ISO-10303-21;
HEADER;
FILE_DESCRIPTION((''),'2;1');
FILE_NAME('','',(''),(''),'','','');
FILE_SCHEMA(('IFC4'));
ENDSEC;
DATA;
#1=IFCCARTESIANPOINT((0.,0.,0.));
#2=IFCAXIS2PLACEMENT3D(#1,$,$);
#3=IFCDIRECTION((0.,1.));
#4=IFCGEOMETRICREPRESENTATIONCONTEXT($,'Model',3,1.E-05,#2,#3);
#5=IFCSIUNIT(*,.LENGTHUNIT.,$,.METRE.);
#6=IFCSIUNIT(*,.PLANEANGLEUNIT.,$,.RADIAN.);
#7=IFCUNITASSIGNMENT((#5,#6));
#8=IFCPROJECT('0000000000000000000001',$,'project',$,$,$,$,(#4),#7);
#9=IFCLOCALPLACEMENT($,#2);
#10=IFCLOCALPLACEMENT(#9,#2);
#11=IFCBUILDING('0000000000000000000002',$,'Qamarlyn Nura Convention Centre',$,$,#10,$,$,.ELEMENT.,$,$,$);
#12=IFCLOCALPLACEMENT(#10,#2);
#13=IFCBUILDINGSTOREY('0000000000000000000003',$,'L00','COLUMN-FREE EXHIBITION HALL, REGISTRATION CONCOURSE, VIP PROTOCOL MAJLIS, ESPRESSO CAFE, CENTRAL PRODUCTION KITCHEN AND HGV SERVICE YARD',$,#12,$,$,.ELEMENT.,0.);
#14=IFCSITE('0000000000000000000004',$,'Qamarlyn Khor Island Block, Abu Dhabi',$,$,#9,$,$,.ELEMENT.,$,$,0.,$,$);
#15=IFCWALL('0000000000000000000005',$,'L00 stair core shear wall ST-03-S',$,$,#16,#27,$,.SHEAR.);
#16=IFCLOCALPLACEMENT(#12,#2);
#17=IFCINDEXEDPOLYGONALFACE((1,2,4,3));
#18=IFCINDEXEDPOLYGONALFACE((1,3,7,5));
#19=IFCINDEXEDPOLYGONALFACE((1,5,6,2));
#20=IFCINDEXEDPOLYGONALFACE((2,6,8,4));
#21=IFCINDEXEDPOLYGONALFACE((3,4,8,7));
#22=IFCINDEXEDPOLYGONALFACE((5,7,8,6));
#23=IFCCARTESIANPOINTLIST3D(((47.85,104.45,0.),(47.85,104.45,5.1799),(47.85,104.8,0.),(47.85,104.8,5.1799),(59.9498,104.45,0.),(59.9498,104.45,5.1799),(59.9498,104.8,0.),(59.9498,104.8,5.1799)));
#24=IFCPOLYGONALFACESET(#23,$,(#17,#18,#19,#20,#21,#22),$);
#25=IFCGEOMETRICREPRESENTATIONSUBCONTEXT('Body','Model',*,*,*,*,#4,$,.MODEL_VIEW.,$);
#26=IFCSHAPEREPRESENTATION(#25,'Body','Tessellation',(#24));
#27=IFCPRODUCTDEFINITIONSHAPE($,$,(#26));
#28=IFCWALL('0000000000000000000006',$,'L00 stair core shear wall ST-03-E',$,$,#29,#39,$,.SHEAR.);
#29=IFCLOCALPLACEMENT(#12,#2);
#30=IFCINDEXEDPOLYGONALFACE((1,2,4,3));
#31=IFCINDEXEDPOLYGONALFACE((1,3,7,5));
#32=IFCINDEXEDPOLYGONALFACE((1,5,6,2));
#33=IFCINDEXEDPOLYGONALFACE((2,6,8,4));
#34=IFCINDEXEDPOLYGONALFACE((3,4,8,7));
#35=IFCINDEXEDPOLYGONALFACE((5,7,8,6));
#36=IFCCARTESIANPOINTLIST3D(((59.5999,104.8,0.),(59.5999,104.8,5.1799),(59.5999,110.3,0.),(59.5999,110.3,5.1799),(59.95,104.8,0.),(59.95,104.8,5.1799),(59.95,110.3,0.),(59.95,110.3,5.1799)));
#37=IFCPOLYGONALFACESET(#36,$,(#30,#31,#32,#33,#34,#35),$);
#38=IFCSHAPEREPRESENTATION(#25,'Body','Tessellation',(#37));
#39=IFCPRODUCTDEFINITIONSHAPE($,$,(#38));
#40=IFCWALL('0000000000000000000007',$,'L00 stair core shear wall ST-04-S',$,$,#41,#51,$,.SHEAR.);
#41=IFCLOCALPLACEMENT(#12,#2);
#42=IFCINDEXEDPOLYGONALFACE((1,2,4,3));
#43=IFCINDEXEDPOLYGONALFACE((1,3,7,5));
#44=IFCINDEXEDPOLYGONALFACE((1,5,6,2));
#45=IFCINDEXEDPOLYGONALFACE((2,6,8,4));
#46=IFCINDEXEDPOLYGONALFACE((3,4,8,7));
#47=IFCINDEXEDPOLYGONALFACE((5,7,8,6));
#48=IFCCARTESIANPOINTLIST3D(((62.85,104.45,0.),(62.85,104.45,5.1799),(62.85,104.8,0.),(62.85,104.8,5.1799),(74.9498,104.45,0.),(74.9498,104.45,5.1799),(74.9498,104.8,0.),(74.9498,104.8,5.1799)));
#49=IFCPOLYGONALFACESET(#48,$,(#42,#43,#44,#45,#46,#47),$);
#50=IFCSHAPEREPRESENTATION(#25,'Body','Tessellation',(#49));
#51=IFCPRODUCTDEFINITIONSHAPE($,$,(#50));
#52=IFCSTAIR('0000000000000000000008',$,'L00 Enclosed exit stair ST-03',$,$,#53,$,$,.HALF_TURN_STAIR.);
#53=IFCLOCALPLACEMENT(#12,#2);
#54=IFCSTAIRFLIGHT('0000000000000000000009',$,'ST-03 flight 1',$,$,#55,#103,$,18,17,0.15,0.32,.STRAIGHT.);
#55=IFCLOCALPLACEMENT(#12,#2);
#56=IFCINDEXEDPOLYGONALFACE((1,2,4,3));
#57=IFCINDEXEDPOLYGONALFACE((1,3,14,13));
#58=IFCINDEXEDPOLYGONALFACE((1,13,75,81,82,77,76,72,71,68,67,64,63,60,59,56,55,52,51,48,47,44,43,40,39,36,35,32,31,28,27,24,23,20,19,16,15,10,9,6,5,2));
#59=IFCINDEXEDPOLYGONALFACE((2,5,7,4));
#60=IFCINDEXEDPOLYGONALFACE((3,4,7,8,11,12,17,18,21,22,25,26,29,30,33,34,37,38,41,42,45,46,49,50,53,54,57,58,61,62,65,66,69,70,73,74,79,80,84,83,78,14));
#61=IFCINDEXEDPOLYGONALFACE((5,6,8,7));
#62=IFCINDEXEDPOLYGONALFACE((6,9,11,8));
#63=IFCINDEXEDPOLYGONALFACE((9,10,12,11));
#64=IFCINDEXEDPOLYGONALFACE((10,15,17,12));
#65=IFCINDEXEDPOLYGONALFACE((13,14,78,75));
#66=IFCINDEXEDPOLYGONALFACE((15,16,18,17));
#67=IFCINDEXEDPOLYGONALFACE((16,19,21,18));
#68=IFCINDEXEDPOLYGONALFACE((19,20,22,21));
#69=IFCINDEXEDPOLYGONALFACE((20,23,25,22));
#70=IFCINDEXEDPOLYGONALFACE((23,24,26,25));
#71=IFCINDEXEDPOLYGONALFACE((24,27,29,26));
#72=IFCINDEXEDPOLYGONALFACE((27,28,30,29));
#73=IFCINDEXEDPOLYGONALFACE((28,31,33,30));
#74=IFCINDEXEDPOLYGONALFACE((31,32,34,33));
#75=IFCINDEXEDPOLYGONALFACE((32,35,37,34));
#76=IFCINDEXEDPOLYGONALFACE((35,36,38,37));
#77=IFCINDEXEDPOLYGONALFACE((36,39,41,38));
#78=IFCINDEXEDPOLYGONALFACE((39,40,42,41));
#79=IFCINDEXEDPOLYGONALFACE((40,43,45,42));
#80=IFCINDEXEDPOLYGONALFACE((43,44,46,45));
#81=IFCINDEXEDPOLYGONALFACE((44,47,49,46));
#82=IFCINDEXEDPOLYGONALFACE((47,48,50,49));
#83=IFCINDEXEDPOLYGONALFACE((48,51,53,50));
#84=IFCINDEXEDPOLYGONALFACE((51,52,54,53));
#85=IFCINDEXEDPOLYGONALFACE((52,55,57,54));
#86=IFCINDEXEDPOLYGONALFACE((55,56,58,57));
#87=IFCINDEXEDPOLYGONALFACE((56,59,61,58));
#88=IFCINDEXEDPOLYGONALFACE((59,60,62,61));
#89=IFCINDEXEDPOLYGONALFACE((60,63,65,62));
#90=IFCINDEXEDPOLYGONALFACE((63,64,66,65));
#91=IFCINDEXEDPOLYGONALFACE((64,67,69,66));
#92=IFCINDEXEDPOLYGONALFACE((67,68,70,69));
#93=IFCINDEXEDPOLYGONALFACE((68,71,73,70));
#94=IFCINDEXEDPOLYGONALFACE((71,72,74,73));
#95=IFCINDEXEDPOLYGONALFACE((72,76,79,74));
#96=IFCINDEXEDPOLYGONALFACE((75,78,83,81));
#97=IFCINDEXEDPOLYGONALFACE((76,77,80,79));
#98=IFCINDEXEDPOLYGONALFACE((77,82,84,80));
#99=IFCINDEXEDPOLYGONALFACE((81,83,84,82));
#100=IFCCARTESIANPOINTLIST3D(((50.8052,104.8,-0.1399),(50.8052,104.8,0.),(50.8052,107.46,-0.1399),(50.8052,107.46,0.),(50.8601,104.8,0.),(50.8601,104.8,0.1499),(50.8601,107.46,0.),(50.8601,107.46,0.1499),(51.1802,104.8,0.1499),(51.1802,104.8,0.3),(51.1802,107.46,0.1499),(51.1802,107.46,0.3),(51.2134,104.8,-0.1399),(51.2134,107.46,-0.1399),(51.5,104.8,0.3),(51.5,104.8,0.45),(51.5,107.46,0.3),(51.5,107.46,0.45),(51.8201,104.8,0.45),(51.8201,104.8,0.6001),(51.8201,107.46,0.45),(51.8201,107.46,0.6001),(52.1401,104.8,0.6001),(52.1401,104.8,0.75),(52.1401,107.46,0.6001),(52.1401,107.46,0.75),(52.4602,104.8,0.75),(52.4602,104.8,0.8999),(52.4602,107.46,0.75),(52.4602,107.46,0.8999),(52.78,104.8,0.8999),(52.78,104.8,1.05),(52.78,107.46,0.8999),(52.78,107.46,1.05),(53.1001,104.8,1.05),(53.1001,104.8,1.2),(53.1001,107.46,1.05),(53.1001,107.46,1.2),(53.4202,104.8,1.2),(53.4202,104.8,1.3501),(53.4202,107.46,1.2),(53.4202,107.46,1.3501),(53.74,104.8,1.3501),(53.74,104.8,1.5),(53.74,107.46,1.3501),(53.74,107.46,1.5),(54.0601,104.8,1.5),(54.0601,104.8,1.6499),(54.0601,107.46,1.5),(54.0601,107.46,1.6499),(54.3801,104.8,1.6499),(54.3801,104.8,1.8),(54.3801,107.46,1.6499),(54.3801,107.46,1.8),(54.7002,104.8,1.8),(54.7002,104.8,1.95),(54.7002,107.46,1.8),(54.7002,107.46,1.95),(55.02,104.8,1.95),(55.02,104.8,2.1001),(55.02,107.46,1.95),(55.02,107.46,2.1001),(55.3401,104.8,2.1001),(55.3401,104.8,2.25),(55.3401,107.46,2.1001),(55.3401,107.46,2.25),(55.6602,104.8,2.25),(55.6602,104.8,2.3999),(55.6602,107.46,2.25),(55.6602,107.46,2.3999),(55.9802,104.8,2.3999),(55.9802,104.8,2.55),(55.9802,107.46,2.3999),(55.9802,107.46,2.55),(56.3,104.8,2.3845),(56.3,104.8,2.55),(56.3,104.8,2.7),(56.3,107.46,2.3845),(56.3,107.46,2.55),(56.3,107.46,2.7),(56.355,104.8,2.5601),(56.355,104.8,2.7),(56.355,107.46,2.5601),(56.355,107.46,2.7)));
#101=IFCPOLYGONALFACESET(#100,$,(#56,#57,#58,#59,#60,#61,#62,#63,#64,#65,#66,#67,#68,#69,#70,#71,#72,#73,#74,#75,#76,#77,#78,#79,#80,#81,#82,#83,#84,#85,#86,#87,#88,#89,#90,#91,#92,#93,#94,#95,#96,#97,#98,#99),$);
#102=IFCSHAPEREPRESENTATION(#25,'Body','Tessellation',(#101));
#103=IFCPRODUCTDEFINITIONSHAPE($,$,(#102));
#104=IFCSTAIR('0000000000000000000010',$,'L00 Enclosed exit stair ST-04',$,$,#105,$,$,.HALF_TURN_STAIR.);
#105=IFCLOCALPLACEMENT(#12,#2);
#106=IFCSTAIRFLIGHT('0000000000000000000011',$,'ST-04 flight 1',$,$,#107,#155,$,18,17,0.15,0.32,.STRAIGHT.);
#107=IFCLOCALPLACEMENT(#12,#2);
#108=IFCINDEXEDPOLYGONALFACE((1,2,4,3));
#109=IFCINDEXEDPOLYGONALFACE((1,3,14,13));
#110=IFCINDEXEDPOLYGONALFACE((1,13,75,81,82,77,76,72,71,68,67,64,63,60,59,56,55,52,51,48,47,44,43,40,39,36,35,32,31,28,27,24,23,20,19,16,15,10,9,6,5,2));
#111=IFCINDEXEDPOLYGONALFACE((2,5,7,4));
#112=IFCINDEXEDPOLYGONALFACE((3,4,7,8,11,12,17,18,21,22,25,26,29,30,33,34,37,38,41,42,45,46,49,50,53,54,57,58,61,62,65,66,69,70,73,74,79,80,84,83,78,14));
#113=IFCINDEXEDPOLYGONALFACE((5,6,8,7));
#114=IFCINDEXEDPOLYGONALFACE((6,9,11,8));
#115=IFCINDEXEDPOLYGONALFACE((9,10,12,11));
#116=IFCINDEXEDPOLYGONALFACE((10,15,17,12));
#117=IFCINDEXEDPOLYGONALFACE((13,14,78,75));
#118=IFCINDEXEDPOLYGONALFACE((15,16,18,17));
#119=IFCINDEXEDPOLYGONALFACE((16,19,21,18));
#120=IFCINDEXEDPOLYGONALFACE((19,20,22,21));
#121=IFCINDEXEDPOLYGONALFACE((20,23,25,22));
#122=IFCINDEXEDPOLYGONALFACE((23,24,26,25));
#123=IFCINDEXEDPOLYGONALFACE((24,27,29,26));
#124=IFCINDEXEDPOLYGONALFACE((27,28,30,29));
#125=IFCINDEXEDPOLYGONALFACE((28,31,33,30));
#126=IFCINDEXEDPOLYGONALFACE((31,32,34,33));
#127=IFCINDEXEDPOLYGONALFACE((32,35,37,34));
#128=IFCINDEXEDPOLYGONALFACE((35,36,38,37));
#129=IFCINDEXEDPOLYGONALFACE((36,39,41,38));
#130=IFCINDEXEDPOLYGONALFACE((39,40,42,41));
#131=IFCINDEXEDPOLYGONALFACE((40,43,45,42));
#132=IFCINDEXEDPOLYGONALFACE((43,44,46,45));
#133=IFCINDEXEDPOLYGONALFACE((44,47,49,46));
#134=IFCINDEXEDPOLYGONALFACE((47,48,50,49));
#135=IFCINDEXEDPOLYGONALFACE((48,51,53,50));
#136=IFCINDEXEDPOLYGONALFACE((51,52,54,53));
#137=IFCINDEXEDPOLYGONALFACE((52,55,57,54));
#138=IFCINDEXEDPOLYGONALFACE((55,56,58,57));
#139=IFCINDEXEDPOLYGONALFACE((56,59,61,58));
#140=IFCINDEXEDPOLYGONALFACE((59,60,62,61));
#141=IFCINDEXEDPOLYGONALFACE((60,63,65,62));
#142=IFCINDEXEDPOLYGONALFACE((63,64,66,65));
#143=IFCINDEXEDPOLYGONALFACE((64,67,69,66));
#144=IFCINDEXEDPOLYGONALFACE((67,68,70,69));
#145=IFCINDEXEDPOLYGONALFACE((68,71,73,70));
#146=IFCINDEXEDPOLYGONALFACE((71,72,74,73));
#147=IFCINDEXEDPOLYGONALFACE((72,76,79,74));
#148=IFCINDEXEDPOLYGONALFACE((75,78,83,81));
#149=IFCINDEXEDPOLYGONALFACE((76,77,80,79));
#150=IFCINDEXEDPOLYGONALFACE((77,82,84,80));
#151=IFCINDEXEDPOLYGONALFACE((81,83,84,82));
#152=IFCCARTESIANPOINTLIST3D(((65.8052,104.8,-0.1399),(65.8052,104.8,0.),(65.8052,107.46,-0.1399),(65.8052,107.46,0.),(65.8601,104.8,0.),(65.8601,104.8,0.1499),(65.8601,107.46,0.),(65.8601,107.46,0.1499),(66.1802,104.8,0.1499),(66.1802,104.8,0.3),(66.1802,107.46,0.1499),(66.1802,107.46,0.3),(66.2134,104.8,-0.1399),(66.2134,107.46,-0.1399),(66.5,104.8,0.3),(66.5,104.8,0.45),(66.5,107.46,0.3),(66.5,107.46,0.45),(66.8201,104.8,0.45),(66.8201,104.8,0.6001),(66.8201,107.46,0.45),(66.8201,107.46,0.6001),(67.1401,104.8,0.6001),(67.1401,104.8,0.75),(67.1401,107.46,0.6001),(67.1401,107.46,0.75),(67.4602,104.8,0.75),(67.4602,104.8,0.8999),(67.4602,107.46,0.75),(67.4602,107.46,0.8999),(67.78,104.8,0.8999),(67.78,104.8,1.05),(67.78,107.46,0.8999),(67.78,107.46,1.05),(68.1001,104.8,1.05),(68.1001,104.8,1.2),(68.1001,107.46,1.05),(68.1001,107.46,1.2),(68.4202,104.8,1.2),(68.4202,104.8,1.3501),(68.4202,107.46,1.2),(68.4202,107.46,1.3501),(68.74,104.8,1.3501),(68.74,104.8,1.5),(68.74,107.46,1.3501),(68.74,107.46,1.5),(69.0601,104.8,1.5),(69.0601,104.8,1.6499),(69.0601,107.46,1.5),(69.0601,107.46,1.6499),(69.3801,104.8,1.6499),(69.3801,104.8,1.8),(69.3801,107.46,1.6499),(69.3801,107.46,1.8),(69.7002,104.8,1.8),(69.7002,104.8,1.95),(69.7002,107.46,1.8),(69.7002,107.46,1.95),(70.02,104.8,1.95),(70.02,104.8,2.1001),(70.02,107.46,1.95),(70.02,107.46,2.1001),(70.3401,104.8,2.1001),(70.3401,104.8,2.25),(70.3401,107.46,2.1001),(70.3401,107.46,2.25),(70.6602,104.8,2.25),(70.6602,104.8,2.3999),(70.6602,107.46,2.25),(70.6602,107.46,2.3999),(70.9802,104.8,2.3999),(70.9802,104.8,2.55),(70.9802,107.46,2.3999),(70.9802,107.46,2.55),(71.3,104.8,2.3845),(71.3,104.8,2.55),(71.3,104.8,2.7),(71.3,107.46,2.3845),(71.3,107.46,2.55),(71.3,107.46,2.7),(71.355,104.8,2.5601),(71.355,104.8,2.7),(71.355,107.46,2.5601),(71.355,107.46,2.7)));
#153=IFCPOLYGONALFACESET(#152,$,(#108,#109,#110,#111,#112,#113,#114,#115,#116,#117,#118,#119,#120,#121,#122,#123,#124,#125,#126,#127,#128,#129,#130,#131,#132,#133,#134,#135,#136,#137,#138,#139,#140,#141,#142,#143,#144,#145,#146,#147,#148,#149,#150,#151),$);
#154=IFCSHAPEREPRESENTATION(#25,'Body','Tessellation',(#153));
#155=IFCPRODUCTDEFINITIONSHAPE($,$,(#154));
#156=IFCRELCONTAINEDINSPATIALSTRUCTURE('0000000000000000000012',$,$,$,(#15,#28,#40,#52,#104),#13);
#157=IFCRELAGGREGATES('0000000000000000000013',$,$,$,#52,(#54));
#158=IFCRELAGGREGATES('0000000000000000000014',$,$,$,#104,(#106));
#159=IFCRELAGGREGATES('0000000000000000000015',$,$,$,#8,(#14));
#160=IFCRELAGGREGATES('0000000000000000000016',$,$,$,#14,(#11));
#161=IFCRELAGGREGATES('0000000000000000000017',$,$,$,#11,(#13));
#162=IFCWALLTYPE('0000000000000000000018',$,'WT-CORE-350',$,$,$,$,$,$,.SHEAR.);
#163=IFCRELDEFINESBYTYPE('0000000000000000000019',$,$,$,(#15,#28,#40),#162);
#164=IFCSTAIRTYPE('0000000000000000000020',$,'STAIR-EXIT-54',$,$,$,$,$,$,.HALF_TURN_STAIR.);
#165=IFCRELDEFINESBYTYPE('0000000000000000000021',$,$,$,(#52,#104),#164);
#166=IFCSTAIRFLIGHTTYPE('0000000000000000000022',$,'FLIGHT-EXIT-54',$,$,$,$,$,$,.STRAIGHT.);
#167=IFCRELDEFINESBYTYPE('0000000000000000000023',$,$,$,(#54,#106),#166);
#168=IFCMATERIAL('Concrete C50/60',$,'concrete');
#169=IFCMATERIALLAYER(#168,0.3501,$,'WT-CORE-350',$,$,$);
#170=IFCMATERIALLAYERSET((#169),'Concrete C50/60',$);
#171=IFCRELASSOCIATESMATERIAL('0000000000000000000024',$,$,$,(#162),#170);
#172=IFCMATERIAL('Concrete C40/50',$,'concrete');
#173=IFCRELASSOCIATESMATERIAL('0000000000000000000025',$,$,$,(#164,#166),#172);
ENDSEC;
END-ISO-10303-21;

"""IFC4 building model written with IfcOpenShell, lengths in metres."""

from ifc_helpers import new_model, si_unit, direction, frame, frame_2d, origin, place, context, subcontext, project, spatial, polyline, rectangle, outline, extrude, material, layer, layer_set, type_object, element, aggregate, save


model = new_model("IFC4")

# Units and contexts
model_context = context("Model", 3, precision=1e-05, world=origin(), true_north=direction((0.0, 1.0)))
body_context = subcontext(model_context, "Body", "Model", "MODEL_VIEW")
ifc_project = project(units=[si_unit("LENGTHUNIT", "METRE"), si_unit("PLANEANGLEUNIT", "RADIAN")], contexts=[model_context])

# Site, building, storey
site_placement = place(None, origin())
site = spatial("IfcSite", under=ifc_project, at=site_placement, Name="Qamarlyn Khor Island Block, Abu Dhabi", CompositionType="ELEMENT", RefElevation=0.0)
building_placement = place(site_placement, origin())
building = spatial("IfcBuilding", under=site, at=building_placement, Name="Qamarlyn Nura Convention Centre", CompositionType="ELEMENT")
storey_placement = place(building_placement, origin())
storey = spatial("IfcBuildingStorey", under=building, at=storey_placement, Name="L00", Description="COLUMN-FREE EXHIBITION HALL, REGISTRATION CONCOURSE, VIP PROTOCOL MAJLIS, ESPRESSO CAFE, CENTRAL PRODUCTION KITCHEN AND HGV SERVICE YARD", CompositionType="ELEMENT", Elevation=0.0)

# Shared definitions
ifc_material_1 = material(Name="Concrete C50/60", Category="concrete")

# Walls
ifc_layer = layer(ifc_material_1, 0.3501, Name="WT-CORE-350")
ifc_layer_set = layer_set([ifc_layer], Name="Concrete C50/60")
wall_type = type_object("IfcWallType", Name="WT-CORE-350", PredefinedType="SHEAR", material=ifc_layer_set)
wall_1_placement = place(storey_placement, frame((47.8501, 104.625, 0.0), z_axis=(0.0, 0.0, 1.0), x_axis=(1.0, 0.0, 0.0)))
element("IfcWall", 1, at=wall_1_placement, inside=storey, type_object=wall_type, Name="L00 stair core shear wall ST-03-S", PredefinedType="SHEAR", context=body_context, shape_type="SweptSolid", body=[
    extrude(rectangle(XDim=12.0999, YDim=0.3501, at=frame_2d((6.0498, 0.0))), origin(), (0.0, 0.0, 1.0), 5.1799),
])
wall_2_placement = place(storey_placement, frame((59.7749, 104.8, 0.0), z_axis=(0.0, 0.0, 1.0), x_axis=(0.0, 1.0, 0.0)))
element("IfcWall", 2, at=wall_2_placement, inside=storey, type_object=wall_type, Name="L00 stair core shear wall ST-03-E", PredefinedType="SHEAR", context=body_context, shape_type="SweptSolid", body=[
    extrude(rectangle(XDim=5.5, YDim=0.3501, at=frame_2d((2.75, 0.0))), origin(), (0.0, 0.0, 1.0), 5.1799),
])
wall_3_placement = place(storey_placement, frame((62.8501, 104.625, 0.0), z_axis=(0.0, 0.0, 1.0), x_axis=(1.0, 0.0, 0.0)))
element("IfcWall", 3, at=wall_3_placement, inside=storey, type_object=wall_type, Name="L00 stair core shear wall ST-04-S", PredefinedType="SHEAR", context=body_context, shape_type="SweptSolid", body=[
    extrude(rectangle(XDim=12.0999, YDim=0.3501, at=frame_2d((6.0498, 0.0))), origin(), (0.0, 0.0, 1.0), 5.1799),
])

# Stairs, stair flights
ifc_material_2 = material(Name="Concrete C40/50", Category="concrete")
stair_type = type_object("IfcStairType", Name="STAIR-EXIT-54", PredefinedType="HALF_TURN_STAIR", material=ifc_material_2)
stair_1_placement = place(storey_placement, origin())
stair_1 = element("IfcStair", 4, at=stair_1_placement, inside=storey, type_object=stair_type, Name="L00 Enclosed exit stair ST-03", PredefinedType="HALF_TURN_STAIR")
stair_flight_type = type_object("IfcStairFlightType", Name="FLIGHT-EXIT-54", PredefinedType="STRAIGHT", material=ifc_material_2)
stair_flight_1_placement = place(storey_placement, frame((50.8601, 106.1299, 0.0), z_axis=(0.0, 0.0, 1.0), x_axis=(1.0, 0.0, 0.0)))
stair_flight_1 = element("IfcStairFlight", 5, at=stair_flight_1_placement, type_object=stair_flight_type, Name="ST-03 flight 1", NumberOfRisers=18, NumberOfTreads=17, PredefinedType="STRAIGHT", RiserHeight=0.15, TreadLength=0.32, context=body_context, shape_type="SweptSolid", body=[
    extrude(outline(polyline([(-0.0549, 0.0), (0.0, 0.0), (0.0, 0.1499), (0.3201, 0.1499), (0.3201, 0.3), (0.6399, 0.3), (0.6399, 0.45), (0.96, 0.45), (0.96, 0.6001), (1.28, 0.6001), (1.28, 0.75), (1.6001, 0.75), (1.6001, 0.8999), (1.9199, 0.8999), (1.9199, 1.05), (2.24, 1.05), (2.24, 1.2), (2.5601, 1.2), (2.5601, 1.3501), (2.8799, 1.3501), (2.8799, 1.5), (3.2, 1.5), (3.2, 1.6499), (3.52, 1.6499), (3.52, 1.8), (3.8401, 1.8), (3.8401, 1.95), (4.1599, 1.95), (4.1599, 2.1001), (4.48, 2.1001), (4.48, 2.25), (4.8, 2.25), (4.8, 2.3999), (5.1201, 2.3999), (5.1201, 2.55), (5.4399, 2.55), (5.4399, 2.7), (5.4949, 2.7), (5.4949, 2.5601), (5.4399, 2.3845), (0.3533, -0.1399), (-0.0549, -0.1399), (-0.0549, 0.0)])), frame((0.0, 1.3301, 0.0), z_axis=(0.0, -1.0, 0.0), x_axis=(1.0, 0.0, 0.0)), (0.0, 0.0, 1.0), 2.6599),
])
aggregate(stair_1, [stair_flight_1])
stair_2_placement = place(storey_placement, origin())
stair_2 = element("IfcStair", 6, at=stair_2_placement, inside=storey, type_object=stair_type, Name="L00 Enclosed exit stair ST-04", PredefinedType="HALF_TURN_STAIR")
stair_flight_2_placement = place(storey_placement, frame((65.8601, 106.1299, 0.0), z_axis=(0.0, 0.0, 1.0), x_axis=(1.0, 0.0, 0.0)))
stair_flight_2 = element("IfcStairFlight", 7, at=stair_flight_2_placement, type_object=stair_flight_type, Name="ST-04 flight 1", NumberOfRisers=18, NumberOfTreads=17, PredefinedType="STRAIGHT", RiserHeight=0.15, TreadLength=0.32, context=body_context, shape_type="SweptSolid", body=[
    extrude(outline(polyline([(-0.0549, 0.0), (0.0, 0.0), (0.0, 0.1499), (0.3201, 0.1499), (0.3201, 0.3), (0.6399, 0.3), (0.6399, 0.45), (0.96, 0.45), (0.96, 0.6001), (1.28, 0.6001), (1.28, 0.75), (1.6001, 0.75), (1.6001, 0.8999), (1.9199, 0.8999), (1.9199, 1.05), (2.24, 1.05), (2.24, 1.2), (2.5601, 1.2), (2.5601, 1.3501), (2.8799, 1.3501), (2.8799, 1.5), (3.2, 1.5), (3.2, 1.6499), (3.52, 1.6499), (3.52, 1.8), (3.8401, 1.8), (3.8401, 1.95), (4.1599, 1.95), (4.1599, 2.1001), (4.48, 2.1001), (4.48, 2.25), (4.8, 2.25), (4.8, 2.3999), (5.1201, 2.3999), (5.1201, 2.55), (5.4399, 2.55), (5.4399, 2.7), (5.4949, 2.7), (5.4949, 2.5601), (5.4399, 2.3845), (0.3533, -0.1399), (-0.0549, -0.1399), (-0.0549, 0.0)])), frame((0.0, 1.3301, 0.0), z_axis=(0.0, -1.0, 0.0), x_axis=(1.0, 0.0, 0.0)), (0.0, 0.0, 1.0), 2.6599),
])
aggregate(stair_2, [stair_flight_2])

save(model, "model.ifc")
